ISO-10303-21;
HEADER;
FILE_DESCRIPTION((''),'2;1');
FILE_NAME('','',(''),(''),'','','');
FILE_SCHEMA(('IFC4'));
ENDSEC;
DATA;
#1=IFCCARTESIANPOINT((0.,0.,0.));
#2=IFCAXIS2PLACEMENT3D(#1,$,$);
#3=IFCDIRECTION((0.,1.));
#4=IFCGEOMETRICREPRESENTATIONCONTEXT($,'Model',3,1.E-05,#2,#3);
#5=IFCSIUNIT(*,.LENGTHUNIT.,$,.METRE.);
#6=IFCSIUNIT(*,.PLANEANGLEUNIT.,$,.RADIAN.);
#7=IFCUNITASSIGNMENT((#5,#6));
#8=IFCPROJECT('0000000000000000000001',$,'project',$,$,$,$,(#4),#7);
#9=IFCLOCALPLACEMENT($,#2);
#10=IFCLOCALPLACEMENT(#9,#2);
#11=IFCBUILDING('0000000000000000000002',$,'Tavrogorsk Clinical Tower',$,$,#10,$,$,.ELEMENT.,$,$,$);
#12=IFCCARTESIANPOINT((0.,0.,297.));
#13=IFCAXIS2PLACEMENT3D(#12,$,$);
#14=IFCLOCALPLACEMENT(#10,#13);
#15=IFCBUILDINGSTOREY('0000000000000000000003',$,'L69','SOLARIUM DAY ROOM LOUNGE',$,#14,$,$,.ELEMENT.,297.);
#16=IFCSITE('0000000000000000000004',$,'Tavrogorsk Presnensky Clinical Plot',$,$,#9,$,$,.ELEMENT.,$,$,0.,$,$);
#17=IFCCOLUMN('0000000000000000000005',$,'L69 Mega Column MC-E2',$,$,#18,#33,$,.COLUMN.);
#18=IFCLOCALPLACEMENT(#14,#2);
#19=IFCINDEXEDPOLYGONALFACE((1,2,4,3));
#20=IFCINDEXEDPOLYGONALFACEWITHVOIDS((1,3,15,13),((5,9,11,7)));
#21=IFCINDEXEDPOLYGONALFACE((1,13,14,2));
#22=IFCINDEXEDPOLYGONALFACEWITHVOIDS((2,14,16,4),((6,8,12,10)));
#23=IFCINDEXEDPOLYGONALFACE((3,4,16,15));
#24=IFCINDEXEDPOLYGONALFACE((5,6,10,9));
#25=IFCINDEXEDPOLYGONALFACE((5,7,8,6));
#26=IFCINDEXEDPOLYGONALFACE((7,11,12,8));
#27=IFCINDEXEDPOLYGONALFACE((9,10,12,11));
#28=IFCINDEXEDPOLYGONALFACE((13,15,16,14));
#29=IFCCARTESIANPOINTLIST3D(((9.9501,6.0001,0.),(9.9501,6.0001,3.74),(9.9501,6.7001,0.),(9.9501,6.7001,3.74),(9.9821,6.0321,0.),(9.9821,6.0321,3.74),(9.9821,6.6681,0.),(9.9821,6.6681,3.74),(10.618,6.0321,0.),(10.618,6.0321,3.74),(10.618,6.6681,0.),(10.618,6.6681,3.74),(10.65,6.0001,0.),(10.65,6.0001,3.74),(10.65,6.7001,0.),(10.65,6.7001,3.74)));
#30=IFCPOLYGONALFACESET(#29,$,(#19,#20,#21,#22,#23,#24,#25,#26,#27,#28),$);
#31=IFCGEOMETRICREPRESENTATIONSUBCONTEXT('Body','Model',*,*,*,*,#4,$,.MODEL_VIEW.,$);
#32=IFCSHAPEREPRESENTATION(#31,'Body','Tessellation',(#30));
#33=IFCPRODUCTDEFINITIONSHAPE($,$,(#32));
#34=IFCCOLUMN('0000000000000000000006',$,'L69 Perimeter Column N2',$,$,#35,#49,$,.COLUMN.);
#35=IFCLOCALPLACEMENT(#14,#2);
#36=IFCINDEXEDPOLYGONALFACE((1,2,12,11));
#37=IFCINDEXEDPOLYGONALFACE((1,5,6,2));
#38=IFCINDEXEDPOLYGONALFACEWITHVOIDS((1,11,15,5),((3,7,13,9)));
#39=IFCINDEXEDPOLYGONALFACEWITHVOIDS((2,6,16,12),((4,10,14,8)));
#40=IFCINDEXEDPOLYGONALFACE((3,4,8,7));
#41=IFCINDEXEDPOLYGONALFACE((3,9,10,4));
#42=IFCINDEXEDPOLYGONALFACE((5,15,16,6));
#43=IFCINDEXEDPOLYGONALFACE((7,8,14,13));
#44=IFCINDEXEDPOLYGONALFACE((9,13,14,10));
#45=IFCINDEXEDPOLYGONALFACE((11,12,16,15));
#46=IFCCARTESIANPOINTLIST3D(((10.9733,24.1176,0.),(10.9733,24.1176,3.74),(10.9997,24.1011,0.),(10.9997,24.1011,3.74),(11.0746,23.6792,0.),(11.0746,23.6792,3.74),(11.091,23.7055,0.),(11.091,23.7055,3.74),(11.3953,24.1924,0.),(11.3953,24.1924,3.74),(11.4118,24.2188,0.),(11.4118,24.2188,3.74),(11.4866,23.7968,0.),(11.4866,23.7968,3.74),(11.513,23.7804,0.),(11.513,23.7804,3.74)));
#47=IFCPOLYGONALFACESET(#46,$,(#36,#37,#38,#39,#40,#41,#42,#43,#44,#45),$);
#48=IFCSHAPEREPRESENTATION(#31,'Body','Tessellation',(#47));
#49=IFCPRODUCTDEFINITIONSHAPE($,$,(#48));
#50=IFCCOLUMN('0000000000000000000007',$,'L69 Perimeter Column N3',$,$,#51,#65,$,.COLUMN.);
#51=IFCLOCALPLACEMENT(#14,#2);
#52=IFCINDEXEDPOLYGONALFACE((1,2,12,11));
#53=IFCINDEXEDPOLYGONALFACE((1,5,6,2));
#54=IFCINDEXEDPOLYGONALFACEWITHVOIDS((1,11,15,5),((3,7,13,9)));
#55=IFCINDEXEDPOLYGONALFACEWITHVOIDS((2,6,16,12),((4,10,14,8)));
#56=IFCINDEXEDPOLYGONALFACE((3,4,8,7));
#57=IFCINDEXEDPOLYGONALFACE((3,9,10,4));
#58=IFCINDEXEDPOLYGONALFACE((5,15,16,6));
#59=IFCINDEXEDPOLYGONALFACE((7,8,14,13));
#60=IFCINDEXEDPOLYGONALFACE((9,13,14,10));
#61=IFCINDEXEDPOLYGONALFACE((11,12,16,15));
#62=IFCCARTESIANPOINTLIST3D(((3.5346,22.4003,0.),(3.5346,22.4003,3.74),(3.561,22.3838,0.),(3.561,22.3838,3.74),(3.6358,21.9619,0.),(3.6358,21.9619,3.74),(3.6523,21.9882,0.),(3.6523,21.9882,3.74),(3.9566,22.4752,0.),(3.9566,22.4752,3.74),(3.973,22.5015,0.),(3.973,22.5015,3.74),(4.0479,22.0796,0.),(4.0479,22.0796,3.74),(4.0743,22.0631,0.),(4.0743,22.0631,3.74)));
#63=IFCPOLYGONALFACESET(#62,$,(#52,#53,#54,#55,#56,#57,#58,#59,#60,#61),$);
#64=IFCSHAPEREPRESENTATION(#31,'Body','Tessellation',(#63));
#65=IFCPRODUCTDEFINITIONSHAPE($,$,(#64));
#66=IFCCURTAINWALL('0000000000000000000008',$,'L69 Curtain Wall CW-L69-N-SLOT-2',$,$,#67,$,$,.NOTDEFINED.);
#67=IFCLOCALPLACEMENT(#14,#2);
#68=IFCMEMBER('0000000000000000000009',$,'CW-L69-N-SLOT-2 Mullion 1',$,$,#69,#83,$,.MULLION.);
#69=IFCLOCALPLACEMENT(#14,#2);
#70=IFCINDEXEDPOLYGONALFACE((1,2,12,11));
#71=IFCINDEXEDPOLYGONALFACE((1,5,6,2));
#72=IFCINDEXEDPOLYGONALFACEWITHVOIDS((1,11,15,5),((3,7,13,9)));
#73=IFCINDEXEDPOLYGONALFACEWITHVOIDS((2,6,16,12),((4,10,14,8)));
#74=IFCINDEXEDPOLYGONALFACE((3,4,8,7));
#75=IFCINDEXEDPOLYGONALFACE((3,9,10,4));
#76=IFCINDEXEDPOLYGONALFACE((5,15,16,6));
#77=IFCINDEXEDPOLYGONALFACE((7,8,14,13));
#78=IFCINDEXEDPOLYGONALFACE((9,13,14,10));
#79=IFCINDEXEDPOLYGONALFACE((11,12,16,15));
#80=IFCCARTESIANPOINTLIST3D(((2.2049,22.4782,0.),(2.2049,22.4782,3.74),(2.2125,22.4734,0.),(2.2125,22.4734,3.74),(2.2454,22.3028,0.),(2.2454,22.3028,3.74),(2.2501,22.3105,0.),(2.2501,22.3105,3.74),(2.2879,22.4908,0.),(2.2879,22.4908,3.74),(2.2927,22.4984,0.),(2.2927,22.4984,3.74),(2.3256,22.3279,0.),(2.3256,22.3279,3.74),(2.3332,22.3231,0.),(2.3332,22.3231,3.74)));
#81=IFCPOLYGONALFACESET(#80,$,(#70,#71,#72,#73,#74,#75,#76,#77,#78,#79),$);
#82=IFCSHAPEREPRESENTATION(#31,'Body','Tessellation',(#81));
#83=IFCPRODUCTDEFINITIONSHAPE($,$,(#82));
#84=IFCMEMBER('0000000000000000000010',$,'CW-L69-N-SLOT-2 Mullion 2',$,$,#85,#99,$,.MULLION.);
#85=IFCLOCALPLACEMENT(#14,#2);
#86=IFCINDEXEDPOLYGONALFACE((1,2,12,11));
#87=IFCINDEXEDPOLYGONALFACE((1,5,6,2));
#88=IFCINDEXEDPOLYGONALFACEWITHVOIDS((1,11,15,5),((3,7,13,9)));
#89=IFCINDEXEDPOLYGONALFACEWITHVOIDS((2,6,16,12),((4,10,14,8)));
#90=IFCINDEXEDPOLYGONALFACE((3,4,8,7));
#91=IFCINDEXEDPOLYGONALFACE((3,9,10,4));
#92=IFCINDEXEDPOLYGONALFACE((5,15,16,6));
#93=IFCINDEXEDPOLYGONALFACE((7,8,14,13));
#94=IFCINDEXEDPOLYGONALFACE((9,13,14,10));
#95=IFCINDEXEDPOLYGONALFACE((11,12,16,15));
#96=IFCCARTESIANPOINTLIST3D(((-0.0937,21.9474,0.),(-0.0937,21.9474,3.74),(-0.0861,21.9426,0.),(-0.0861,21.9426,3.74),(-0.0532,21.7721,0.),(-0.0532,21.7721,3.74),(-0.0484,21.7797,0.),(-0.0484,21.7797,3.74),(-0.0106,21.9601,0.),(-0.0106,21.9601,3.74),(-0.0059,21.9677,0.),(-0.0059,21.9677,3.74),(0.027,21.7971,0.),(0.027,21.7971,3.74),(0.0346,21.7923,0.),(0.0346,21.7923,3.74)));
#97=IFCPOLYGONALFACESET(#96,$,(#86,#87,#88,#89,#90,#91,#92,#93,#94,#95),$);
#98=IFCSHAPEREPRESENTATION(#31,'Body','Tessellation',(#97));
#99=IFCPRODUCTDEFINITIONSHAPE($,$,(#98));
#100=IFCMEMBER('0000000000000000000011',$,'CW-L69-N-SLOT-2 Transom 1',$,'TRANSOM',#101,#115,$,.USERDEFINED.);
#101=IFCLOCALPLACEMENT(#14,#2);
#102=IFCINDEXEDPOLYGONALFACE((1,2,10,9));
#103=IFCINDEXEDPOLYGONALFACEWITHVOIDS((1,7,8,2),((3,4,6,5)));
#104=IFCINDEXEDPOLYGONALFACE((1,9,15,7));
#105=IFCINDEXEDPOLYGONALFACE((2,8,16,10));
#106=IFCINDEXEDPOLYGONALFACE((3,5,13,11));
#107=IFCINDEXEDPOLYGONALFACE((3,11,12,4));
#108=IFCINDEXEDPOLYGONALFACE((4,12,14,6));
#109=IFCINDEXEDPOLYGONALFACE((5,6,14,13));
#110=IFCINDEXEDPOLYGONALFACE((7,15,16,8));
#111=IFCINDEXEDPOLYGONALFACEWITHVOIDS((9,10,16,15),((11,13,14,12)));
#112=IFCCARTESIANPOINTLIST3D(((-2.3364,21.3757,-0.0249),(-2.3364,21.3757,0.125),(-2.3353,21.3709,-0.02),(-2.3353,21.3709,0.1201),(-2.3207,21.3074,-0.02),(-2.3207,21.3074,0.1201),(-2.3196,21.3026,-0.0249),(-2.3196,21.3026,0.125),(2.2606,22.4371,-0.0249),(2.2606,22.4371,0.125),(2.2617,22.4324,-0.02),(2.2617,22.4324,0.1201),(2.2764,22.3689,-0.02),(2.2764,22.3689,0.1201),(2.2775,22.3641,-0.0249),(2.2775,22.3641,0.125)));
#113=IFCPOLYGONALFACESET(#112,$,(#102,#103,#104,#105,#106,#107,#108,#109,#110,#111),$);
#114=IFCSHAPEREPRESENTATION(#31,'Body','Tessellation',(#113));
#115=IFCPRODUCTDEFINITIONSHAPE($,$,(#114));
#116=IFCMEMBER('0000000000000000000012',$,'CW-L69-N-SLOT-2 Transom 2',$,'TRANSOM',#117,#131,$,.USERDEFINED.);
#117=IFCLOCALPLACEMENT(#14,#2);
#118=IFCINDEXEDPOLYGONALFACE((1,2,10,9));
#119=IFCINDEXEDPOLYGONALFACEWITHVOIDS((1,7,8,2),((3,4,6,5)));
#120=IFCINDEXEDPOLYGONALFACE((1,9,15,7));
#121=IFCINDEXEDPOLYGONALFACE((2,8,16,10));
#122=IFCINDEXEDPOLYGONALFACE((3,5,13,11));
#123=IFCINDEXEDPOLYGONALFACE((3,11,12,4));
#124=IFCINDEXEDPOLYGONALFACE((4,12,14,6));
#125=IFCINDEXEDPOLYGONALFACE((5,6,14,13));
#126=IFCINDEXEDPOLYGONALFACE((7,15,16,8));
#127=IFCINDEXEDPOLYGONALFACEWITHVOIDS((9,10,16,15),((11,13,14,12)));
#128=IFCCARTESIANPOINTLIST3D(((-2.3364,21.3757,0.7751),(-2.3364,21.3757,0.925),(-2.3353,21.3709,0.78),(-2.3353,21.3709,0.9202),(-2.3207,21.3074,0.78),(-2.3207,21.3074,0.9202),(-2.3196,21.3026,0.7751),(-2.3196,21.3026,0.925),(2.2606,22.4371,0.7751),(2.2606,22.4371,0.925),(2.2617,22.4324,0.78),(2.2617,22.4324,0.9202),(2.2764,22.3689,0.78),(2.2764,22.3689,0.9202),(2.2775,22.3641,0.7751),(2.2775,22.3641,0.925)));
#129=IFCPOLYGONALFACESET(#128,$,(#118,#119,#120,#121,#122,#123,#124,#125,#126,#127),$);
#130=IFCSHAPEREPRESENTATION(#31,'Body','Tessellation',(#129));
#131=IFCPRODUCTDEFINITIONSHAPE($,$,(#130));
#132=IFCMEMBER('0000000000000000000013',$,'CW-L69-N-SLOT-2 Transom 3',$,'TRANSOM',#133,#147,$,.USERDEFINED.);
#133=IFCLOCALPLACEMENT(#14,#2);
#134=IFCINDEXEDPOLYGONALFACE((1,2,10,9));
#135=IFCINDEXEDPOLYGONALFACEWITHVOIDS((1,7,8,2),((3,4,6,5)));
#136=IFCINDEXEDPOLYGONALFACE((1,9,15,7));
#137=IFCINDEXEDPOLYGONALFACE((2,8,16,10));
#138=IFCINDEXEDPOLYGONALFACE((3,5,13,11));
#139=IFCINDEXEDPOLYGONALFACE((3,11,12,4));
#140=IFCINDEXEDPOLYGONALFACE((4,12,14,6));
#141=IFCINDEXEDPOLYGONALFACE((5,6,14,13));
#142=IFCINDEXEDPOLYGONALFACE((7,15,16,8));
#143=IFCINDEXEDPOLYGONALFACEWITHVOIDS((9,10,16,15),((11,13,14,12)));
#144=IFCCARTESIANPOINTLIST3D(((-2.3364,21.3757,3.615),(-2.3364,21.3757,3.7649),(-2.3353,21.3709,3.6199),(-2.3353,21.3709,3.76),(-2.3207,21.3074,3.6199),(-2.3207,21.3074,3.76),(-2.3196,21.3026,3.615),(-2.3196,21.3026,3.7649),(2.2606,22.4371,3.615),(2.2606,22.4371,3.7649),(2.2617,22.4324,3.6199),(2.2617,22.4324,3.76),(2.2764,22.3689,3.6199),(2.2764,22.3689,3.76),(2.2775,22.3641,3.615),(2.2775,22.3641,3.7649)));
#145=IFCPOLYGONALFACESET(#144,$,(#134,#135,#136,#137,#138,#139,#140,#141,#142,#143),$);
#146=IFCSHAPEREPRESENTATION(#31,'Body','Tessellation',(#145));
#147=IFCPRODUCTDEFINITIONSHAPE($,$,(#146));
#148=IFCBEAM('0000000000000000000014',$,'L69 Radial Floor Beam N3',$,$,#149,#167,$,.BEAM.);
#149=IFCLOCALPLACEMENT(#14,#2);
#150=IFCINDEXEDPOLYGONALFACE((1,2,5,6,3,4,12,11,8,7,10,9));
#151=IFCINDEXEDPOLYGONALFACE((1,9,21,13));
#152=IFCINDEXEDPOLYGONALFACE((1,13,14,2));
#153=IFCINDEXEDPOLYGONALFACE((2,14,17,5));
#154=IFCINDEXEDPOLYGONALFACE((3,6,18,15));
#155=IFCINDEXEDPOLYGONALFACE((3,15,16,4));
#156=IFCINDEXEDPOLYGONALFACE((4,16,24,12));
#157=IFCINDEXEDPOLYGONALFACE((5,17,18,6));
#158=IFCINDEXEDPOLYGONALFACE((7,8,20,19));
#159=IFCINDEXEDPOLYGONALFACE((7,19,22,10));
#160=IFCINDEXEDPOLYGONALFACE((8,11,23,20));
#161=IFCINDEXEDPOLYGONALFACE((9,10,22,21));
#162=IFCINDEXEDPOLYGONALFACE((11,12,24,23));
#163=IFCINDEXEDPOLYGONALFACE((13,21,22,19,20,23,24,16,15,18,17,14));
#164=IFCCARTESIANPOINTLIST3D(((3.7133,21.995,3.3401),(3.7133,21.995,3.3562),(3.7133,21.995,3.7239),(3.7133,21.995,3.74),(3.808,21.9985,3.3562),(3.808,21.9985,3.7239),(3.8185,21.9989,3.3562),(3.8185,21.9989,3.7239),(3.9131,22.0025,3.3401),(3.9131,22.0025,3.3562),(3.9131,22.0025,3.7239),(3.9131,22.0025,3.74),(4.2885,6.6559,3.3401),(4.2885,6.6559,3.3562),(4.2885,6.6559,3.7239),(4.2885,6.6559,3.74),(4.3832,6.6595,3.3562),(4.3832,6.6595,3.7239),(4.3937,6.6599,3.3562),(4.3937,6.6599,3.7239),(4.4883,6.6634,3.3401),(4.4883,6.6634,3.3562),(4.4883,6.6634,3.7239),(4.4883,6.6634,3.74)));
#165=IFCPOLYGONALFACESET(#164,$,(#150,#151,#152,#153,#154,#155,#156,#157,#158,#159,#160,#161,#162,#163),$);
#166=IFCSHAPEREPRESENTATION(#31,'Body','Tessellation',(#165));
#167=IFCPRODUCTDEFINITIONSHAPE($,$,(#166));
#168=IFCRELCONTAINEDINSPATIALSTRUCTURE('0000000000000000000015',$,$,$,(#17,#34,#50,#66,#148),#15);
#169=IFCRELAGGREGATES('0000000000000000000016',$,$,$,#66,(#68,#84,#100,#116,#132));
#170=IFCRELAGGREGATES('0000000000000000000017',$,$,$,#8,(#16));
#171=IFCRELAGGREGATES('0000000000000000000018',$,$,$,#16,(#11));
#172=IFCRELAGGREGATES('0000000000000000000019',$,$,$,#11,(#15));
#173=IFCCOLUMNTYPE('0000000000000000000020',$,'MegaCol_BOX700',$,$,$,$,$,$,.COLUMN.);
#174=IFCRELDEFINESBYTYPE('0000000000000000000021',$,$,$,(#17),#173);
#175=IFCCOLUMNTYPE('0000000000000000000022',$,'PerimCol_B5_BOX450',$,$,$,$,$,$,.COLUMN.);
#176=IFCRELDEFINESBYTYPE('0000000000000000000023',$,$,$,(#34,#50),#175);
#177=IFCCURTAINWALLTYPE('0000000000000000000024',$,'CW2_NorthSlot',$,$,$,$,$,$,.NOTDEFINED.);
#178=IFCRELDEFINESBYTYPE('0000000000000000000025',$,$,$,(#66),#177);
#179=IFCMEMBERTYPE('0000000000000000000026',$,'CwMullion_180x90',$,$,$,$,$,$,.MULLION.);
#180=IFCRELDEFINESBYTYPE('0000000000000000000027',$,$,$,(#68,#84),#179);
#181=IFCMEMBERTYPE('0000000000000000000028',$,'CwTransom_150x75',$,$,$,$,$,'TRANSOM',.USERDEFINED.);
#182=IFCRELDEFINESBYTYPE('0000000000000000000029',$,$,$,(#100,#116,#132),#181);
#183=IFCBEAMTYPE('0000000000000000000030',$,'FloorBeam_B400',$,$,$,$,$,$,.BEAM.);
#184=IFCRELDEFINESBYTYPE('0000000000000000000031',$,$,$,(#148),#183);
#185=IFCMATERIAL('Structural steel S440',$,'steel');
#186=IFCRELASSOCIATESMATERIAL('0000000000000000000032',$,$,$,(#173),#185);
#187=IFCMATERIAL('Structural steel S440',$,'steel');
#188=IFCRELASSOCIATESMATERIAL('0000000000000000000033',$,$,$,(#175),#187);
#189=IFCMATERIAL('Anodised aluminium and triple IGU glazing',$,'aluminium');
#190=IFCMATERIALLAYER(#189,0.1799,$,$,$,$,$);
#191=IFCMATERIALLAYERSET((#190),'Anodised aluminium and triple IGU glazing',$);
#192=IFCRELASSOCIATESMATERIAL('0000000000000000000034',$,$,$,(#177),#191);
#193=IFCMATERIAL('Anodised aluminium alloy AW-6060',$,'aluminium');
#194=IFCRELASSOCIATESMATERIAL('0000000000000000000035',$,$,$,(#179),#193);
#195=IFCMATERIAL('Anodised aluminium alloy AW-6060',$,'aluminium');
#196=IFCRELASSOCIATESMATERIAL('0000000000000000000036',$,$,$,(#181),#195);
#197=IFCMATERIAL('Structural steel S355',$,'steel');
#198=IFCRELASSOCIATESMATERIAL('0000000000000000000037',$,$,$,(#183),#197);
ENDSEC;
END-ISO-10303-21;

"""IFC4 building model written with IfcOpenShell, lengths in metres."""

from ifc_helpers import new_model, si_unit, direction, frame, origin, origin_2d, place, context, subcontext, project, spatial, hollow_rectangle, i_section, extrude, material, layer, layer_set, material_profile, profile_set, type_object, element, aggregate, save


model = new_model("IFC4")

# Units and contexts
model_context = context("Model", 3, precision=1e-05, world=origin(), true_north=direction((0.0, 1.0)))
body_context = subcontext(model_context, "Body", "Model", "MODEL_VIEW")
ifc_project = project(units=[si_unit("LENGTHUNIT", "METRE"), si_unit("PLANEANGLEUNIT", "RADIAN")], contexts=[model_context])

# Site, building, storey
site_placement = place(None, origin())
site = spatial("IfcSite", under=ifc_project, at=site_placement, Name="Tavrogorsk Presnensky Clinical Plot", CompositionType="ELEMENT", RefElevation=0.0)
building_placement = place(site_placement, origin())
building = spatial("IfcBuilding", under=site, at=building_placement, Name="Tavrogorsk Clinical Tower", CompositionType="ELEMENT")
storey_placement = place(building_placement, frame((0.0, 0.0, 297.0)))
storey = spatial("IfcBuildingStorey", under=building, at=storey_placement, Name="L69", Description="SOLARIUM DAY ROOM LOUNGE", CompositionType="ELEMENT", Elevation=297.0)

# Columns
ifc_material_1 = material(Name="Structural steel S440", Category="steel")
ifc_material_profile_1 = material_profile(ifc_material_1, hollow_rectangle(XDim=0.7, YDim=0.7, WallThickness=0.032, at=origin_2d()), Name="BOX-700x700x32")
ifc_profile_set_1 = profile_set([ifc_material_profile_1], Name="Structural steel S440")
column_type_1 = type_object("IfcColumnType", Name="MegaCol_BOX700", PredefinedType="COLUMN", material=ifc_profile_set_1)
column_placement = place(storey_placement, frame((10.3, 6.3501, 0.0), z_axis=(0.0, 0.0, 1.0), x_axis=(1.0, 0.0, 0.0)))
element("IfcColumn", 1, at=column_placement, inside=storey, type_object=column_type_1, Name="L69 Mega Column MC-E2", PredefinedType="COLUMN", context=body_context, shape_type="SweptSolid", body=[
    extrude(hollow_rectangle(XDim=0.7, YDim=0.7, WallThickness=0.032, at=origin_2d()), origin(), (0.0, 0.0, 1.0), 3.74),
])
ifc_material_2 = material(Name="Structural steel S440", Category="steel")
ifc_material_profile_2 = material_profile(ifc_material_2, hollow_rectangle(XDim=0.45, YDim=0.45, WallThickness=0.022, at=origin_2d()), Name="BOX-450x450x22")
ifc_profile_set_2 = profile_set([ifc_material_profile_2], Name="Structural steel S440")
column_type_2 = type_object("IfcColumnType", Name="PerimCol_B5_BOX450", PredefinedType="COLUMN", material=ifc_profile_set_2)
for number, where, z_axis, x_axis, name in (
    (2, (11.2432, 23.949, 0.0), (0.0, 0.0, 1.0), (0.97437, 0.224951, 0.0), "L69 Perimeter Column N2"),
    (3, (3.8044, 22.2317, 0.0), (0.0, 0.0, 1.0), (0.97437, 0.224951, 0.0), "L69 Perimeter Column N3"),
):
    element("IfcColumn", number, at=place(storey_placement, frame(where, z_axis=z_axis, x_axis=x_axis)), inside=storey, type_object=column_type_2, Name=name, PredefinedType="COLUMN", context=body_context, shape_type="SweptSolid", body=[
        extrude(hollow_rectangle(XDim=0.45, YDim=0.45, WallThickness=0.022, at=origin_2d()), origin(), (0.0, 0.0, 1.0), 3.74),
    ])

# Curtain wall, members
ifc_material_3 = material(Name="Anodised aluminium and triple IGU glazing", Category="aluminium")
ifc_layer_1 = layer(ifc_material_3, 0.1799)
ifc_layer_set_1 = layer_set([ifc_layer_1], Name="Anodised aluminium and triple IGU glazing")
curtain_wall_type = type_object("IfcCurtainWallType", Name="CW2_NorthSlot", PredefinedType="NOTDEFINED", material=ifc_layer_set_1)
curtain_wall_placement = place(storey_placement, origin())
curtain_wall = element("IfcCurtainWall", 4, at=curtain_wall_placement, inside=storey, type_object=curtain_wall_type, Name="L69 Curtain Wall CW-L69-N-SLOT-2", PredefinedType="NOTDEFINED")
ifc_material_4 = material(Name="Anodised aluminium alloy AW-6060", Category="aluminium")
ifc_material_profile_3 = material_profile(ifc_material_4, hollow_rectangle(XDim=0.0901, YDim=0.1799, WallThickness=0.0063, at=origin_2d()), Name="RHS-180x90x6.3")
ifc_profile_set_3 = profile_set([ifc_material_profile_3], Name="Anodised aluminium alloy AW-6060")
member_type_1 = type_object("IfcMemberType", Name="CwMullion_180x90", PredefinedType="MULLION", material=ifc_profile_set_3)
member_1_placement = place(storey_placement, frame((2.269, 22.4006, 0.0), z_axis=(0.0, 0.0, 1.0), x_axis=(-0.97437, -0.224951, 0.0)))
member_1 = element("IfcMember", 5, at=member_1_placement, type_object=member_type_1, Name="CW-L69-N-SLOT-2 Mullion 1", PredefinedType="MULLION", context=body_context, shape_type="SweptSolid", body=[
    extrude(hollow_rectangle(XDim=0.0901, YDim=0.1799, WallThickness=0.0063, at=origin_2d()), origin(), (0.0, 0.0, 1.0), 3.74),
])
member_2_placement = place(storey_placement, frame((-0.0295, 21.8699, 0.0), z_axis=(0.0, 0.0, 1.0), x_axis=(-0.97437, -0.224951, 0.0)))
member_2 = element("IfcMember", 6, at=member_2_placement, type_object=member_type_1, Name="CW-L69-N-SLOT-2 Mullion 2", PredefinedType="MULLION", context=body_context, shape_type="SweptSolid", body=[
    extrude(hollow_rectangle(XDim=0.0901, YDim=0.1799, WallThickness=0.0063, at=origin_2d()), origin(), (0.0, 0.0, 1.0), 3.74),
])
ifc_material_5 = material(Name="Anodised aluminium alloy AW-6060", Category="aluminium")
ifc_material_profile_4 = material_profile(ifc_material_5, hollow_rectangle(XDim=0.075, YDim=0.1499, WallThickness=0.0049, at=origin_2d()), Name="RHS-150x75x5")
ifc_profile_set_4 = profile_set([ifc_material_profile_4], Name="Anodised aluminium alloy AW-6060")
member_type_2 = type_object("IfcMemberType", Name="CwTransom_150x75", ElementType="TRANSOM", PredefinedType="USERDEFINED", material=ifc_profile_set_4)
member_3_placement = place(storey_placement, frame((2.269, 22.4006, 0.05), z_axis=(-0.974362, -0.224988, 0.0), x_axis=(0.224988, -0.974362, 0.0)))
member_3 = element("IfcMember", 7, at=member_3_placement, type_object=member_type_2, Name="CW-L69-N-SLOT-2 Transom 1", ObjectType="TRANSOM", PredefinedType="USERDEFINED", context=body_context, shape_type="SweptSolid", body=[
    extrude(hollow_rectangle(XDim=0.075, YDim=0.1499, WallThickness=0.0049, at=origin_2d()), origin(), (0.0, 0.0, 1.0), 4.718),
])
member_4_placement = place(storey_placement, frame((2.269, 22.4006, 0.8501), z_axis=(-0.974362, -0.224988, 0.0), x_axis=(0.224988, -0.974362, 0.0)))
member_4 = element("IfcMember", 8, at=member_4_placement, type_object=member_type_2, Name="CW-L69-N-SLOT-2 Transom 2", ObjectType="TRANSOM", PredefinedType="USERDEFINED", context=body_context, shape_type="SweptSolid", body=[
    extrude(hollow_rectangle(XDim=0.075, YDim=0.1499, WallThickness=0.0049, at=origin_2d()), origin(), (0.0, 0.0, 1.0), 4.718),
])
member_5_placement = place(storey_placement, frame((2.269, 22.4006, 3.6899), z_axis=(-0.974362, -0.224988, 0.0), x_axis=(0.224988, -0.974362, 0.0)))
member_5 = element("IfcMember", 9, at=member_5_placement, type_object=member_type_2, Name="CW-L69-N-SLOT-2 Transom 3", ObjectType="TRANSOM", PredefinedType="USERDEFINED", context=body_context, shape_type="SweptSolid", body=[
    extrude(hollow_rectangle(XDim=0.075, YDim=0.1499, WallThickness=0.0049, at=origin_2d()), origin(), (0.0, 0.0, 1.0), 4.718),
])

# Beam
ifc_material_6 = material(Name="Structural steel S355", Category="steel")
ifc_material_profile_5 = material_profile(ifc_material_6, i_section(OverallWidth=0.2, OverallDepth=0.3999, WebThickness=0.0105, FlangeThickness=0.0161, at=origin_2d()), Name="B-400x200x10.5x16")
ifc_profile_set_5 = profile_set([ifc_material_profile_5], Name="Structural steel S355")
beam_type_1 = type_object("IfcBeamType", Name="FloorBeam_B400", PredefinedType="BEAM", material=ifc_profile_set_5)
beam_placement = place(storey_placement, frame((4.3884, 6.6597, 3.54), z_axis=(-0.037472, 0.999298, 0.0), x_axis=(-0.999298, -0.037472, 0.0)))
element("IfcBeam", 10, at=beam_placement, inside=storey, type_object=beam_type_1, Name="L69 Radial Floor Beam N3", PredefinedType="BEAM", context=body_context, shape_type="SweptSolid", body=[
    extrude(i_section(OverallWidth=0.2, OverallDepth=0.3999, WebThickness=0.0105, FlangeThickness=0.0161, at=origin_2d()), origin(), (0.0, 0.0, 1.0), 15.3499),
])

aggregate(curtain_wall, [member_1, member_2, member_3, member_4, member_5])

save(model, "model.ifc")
